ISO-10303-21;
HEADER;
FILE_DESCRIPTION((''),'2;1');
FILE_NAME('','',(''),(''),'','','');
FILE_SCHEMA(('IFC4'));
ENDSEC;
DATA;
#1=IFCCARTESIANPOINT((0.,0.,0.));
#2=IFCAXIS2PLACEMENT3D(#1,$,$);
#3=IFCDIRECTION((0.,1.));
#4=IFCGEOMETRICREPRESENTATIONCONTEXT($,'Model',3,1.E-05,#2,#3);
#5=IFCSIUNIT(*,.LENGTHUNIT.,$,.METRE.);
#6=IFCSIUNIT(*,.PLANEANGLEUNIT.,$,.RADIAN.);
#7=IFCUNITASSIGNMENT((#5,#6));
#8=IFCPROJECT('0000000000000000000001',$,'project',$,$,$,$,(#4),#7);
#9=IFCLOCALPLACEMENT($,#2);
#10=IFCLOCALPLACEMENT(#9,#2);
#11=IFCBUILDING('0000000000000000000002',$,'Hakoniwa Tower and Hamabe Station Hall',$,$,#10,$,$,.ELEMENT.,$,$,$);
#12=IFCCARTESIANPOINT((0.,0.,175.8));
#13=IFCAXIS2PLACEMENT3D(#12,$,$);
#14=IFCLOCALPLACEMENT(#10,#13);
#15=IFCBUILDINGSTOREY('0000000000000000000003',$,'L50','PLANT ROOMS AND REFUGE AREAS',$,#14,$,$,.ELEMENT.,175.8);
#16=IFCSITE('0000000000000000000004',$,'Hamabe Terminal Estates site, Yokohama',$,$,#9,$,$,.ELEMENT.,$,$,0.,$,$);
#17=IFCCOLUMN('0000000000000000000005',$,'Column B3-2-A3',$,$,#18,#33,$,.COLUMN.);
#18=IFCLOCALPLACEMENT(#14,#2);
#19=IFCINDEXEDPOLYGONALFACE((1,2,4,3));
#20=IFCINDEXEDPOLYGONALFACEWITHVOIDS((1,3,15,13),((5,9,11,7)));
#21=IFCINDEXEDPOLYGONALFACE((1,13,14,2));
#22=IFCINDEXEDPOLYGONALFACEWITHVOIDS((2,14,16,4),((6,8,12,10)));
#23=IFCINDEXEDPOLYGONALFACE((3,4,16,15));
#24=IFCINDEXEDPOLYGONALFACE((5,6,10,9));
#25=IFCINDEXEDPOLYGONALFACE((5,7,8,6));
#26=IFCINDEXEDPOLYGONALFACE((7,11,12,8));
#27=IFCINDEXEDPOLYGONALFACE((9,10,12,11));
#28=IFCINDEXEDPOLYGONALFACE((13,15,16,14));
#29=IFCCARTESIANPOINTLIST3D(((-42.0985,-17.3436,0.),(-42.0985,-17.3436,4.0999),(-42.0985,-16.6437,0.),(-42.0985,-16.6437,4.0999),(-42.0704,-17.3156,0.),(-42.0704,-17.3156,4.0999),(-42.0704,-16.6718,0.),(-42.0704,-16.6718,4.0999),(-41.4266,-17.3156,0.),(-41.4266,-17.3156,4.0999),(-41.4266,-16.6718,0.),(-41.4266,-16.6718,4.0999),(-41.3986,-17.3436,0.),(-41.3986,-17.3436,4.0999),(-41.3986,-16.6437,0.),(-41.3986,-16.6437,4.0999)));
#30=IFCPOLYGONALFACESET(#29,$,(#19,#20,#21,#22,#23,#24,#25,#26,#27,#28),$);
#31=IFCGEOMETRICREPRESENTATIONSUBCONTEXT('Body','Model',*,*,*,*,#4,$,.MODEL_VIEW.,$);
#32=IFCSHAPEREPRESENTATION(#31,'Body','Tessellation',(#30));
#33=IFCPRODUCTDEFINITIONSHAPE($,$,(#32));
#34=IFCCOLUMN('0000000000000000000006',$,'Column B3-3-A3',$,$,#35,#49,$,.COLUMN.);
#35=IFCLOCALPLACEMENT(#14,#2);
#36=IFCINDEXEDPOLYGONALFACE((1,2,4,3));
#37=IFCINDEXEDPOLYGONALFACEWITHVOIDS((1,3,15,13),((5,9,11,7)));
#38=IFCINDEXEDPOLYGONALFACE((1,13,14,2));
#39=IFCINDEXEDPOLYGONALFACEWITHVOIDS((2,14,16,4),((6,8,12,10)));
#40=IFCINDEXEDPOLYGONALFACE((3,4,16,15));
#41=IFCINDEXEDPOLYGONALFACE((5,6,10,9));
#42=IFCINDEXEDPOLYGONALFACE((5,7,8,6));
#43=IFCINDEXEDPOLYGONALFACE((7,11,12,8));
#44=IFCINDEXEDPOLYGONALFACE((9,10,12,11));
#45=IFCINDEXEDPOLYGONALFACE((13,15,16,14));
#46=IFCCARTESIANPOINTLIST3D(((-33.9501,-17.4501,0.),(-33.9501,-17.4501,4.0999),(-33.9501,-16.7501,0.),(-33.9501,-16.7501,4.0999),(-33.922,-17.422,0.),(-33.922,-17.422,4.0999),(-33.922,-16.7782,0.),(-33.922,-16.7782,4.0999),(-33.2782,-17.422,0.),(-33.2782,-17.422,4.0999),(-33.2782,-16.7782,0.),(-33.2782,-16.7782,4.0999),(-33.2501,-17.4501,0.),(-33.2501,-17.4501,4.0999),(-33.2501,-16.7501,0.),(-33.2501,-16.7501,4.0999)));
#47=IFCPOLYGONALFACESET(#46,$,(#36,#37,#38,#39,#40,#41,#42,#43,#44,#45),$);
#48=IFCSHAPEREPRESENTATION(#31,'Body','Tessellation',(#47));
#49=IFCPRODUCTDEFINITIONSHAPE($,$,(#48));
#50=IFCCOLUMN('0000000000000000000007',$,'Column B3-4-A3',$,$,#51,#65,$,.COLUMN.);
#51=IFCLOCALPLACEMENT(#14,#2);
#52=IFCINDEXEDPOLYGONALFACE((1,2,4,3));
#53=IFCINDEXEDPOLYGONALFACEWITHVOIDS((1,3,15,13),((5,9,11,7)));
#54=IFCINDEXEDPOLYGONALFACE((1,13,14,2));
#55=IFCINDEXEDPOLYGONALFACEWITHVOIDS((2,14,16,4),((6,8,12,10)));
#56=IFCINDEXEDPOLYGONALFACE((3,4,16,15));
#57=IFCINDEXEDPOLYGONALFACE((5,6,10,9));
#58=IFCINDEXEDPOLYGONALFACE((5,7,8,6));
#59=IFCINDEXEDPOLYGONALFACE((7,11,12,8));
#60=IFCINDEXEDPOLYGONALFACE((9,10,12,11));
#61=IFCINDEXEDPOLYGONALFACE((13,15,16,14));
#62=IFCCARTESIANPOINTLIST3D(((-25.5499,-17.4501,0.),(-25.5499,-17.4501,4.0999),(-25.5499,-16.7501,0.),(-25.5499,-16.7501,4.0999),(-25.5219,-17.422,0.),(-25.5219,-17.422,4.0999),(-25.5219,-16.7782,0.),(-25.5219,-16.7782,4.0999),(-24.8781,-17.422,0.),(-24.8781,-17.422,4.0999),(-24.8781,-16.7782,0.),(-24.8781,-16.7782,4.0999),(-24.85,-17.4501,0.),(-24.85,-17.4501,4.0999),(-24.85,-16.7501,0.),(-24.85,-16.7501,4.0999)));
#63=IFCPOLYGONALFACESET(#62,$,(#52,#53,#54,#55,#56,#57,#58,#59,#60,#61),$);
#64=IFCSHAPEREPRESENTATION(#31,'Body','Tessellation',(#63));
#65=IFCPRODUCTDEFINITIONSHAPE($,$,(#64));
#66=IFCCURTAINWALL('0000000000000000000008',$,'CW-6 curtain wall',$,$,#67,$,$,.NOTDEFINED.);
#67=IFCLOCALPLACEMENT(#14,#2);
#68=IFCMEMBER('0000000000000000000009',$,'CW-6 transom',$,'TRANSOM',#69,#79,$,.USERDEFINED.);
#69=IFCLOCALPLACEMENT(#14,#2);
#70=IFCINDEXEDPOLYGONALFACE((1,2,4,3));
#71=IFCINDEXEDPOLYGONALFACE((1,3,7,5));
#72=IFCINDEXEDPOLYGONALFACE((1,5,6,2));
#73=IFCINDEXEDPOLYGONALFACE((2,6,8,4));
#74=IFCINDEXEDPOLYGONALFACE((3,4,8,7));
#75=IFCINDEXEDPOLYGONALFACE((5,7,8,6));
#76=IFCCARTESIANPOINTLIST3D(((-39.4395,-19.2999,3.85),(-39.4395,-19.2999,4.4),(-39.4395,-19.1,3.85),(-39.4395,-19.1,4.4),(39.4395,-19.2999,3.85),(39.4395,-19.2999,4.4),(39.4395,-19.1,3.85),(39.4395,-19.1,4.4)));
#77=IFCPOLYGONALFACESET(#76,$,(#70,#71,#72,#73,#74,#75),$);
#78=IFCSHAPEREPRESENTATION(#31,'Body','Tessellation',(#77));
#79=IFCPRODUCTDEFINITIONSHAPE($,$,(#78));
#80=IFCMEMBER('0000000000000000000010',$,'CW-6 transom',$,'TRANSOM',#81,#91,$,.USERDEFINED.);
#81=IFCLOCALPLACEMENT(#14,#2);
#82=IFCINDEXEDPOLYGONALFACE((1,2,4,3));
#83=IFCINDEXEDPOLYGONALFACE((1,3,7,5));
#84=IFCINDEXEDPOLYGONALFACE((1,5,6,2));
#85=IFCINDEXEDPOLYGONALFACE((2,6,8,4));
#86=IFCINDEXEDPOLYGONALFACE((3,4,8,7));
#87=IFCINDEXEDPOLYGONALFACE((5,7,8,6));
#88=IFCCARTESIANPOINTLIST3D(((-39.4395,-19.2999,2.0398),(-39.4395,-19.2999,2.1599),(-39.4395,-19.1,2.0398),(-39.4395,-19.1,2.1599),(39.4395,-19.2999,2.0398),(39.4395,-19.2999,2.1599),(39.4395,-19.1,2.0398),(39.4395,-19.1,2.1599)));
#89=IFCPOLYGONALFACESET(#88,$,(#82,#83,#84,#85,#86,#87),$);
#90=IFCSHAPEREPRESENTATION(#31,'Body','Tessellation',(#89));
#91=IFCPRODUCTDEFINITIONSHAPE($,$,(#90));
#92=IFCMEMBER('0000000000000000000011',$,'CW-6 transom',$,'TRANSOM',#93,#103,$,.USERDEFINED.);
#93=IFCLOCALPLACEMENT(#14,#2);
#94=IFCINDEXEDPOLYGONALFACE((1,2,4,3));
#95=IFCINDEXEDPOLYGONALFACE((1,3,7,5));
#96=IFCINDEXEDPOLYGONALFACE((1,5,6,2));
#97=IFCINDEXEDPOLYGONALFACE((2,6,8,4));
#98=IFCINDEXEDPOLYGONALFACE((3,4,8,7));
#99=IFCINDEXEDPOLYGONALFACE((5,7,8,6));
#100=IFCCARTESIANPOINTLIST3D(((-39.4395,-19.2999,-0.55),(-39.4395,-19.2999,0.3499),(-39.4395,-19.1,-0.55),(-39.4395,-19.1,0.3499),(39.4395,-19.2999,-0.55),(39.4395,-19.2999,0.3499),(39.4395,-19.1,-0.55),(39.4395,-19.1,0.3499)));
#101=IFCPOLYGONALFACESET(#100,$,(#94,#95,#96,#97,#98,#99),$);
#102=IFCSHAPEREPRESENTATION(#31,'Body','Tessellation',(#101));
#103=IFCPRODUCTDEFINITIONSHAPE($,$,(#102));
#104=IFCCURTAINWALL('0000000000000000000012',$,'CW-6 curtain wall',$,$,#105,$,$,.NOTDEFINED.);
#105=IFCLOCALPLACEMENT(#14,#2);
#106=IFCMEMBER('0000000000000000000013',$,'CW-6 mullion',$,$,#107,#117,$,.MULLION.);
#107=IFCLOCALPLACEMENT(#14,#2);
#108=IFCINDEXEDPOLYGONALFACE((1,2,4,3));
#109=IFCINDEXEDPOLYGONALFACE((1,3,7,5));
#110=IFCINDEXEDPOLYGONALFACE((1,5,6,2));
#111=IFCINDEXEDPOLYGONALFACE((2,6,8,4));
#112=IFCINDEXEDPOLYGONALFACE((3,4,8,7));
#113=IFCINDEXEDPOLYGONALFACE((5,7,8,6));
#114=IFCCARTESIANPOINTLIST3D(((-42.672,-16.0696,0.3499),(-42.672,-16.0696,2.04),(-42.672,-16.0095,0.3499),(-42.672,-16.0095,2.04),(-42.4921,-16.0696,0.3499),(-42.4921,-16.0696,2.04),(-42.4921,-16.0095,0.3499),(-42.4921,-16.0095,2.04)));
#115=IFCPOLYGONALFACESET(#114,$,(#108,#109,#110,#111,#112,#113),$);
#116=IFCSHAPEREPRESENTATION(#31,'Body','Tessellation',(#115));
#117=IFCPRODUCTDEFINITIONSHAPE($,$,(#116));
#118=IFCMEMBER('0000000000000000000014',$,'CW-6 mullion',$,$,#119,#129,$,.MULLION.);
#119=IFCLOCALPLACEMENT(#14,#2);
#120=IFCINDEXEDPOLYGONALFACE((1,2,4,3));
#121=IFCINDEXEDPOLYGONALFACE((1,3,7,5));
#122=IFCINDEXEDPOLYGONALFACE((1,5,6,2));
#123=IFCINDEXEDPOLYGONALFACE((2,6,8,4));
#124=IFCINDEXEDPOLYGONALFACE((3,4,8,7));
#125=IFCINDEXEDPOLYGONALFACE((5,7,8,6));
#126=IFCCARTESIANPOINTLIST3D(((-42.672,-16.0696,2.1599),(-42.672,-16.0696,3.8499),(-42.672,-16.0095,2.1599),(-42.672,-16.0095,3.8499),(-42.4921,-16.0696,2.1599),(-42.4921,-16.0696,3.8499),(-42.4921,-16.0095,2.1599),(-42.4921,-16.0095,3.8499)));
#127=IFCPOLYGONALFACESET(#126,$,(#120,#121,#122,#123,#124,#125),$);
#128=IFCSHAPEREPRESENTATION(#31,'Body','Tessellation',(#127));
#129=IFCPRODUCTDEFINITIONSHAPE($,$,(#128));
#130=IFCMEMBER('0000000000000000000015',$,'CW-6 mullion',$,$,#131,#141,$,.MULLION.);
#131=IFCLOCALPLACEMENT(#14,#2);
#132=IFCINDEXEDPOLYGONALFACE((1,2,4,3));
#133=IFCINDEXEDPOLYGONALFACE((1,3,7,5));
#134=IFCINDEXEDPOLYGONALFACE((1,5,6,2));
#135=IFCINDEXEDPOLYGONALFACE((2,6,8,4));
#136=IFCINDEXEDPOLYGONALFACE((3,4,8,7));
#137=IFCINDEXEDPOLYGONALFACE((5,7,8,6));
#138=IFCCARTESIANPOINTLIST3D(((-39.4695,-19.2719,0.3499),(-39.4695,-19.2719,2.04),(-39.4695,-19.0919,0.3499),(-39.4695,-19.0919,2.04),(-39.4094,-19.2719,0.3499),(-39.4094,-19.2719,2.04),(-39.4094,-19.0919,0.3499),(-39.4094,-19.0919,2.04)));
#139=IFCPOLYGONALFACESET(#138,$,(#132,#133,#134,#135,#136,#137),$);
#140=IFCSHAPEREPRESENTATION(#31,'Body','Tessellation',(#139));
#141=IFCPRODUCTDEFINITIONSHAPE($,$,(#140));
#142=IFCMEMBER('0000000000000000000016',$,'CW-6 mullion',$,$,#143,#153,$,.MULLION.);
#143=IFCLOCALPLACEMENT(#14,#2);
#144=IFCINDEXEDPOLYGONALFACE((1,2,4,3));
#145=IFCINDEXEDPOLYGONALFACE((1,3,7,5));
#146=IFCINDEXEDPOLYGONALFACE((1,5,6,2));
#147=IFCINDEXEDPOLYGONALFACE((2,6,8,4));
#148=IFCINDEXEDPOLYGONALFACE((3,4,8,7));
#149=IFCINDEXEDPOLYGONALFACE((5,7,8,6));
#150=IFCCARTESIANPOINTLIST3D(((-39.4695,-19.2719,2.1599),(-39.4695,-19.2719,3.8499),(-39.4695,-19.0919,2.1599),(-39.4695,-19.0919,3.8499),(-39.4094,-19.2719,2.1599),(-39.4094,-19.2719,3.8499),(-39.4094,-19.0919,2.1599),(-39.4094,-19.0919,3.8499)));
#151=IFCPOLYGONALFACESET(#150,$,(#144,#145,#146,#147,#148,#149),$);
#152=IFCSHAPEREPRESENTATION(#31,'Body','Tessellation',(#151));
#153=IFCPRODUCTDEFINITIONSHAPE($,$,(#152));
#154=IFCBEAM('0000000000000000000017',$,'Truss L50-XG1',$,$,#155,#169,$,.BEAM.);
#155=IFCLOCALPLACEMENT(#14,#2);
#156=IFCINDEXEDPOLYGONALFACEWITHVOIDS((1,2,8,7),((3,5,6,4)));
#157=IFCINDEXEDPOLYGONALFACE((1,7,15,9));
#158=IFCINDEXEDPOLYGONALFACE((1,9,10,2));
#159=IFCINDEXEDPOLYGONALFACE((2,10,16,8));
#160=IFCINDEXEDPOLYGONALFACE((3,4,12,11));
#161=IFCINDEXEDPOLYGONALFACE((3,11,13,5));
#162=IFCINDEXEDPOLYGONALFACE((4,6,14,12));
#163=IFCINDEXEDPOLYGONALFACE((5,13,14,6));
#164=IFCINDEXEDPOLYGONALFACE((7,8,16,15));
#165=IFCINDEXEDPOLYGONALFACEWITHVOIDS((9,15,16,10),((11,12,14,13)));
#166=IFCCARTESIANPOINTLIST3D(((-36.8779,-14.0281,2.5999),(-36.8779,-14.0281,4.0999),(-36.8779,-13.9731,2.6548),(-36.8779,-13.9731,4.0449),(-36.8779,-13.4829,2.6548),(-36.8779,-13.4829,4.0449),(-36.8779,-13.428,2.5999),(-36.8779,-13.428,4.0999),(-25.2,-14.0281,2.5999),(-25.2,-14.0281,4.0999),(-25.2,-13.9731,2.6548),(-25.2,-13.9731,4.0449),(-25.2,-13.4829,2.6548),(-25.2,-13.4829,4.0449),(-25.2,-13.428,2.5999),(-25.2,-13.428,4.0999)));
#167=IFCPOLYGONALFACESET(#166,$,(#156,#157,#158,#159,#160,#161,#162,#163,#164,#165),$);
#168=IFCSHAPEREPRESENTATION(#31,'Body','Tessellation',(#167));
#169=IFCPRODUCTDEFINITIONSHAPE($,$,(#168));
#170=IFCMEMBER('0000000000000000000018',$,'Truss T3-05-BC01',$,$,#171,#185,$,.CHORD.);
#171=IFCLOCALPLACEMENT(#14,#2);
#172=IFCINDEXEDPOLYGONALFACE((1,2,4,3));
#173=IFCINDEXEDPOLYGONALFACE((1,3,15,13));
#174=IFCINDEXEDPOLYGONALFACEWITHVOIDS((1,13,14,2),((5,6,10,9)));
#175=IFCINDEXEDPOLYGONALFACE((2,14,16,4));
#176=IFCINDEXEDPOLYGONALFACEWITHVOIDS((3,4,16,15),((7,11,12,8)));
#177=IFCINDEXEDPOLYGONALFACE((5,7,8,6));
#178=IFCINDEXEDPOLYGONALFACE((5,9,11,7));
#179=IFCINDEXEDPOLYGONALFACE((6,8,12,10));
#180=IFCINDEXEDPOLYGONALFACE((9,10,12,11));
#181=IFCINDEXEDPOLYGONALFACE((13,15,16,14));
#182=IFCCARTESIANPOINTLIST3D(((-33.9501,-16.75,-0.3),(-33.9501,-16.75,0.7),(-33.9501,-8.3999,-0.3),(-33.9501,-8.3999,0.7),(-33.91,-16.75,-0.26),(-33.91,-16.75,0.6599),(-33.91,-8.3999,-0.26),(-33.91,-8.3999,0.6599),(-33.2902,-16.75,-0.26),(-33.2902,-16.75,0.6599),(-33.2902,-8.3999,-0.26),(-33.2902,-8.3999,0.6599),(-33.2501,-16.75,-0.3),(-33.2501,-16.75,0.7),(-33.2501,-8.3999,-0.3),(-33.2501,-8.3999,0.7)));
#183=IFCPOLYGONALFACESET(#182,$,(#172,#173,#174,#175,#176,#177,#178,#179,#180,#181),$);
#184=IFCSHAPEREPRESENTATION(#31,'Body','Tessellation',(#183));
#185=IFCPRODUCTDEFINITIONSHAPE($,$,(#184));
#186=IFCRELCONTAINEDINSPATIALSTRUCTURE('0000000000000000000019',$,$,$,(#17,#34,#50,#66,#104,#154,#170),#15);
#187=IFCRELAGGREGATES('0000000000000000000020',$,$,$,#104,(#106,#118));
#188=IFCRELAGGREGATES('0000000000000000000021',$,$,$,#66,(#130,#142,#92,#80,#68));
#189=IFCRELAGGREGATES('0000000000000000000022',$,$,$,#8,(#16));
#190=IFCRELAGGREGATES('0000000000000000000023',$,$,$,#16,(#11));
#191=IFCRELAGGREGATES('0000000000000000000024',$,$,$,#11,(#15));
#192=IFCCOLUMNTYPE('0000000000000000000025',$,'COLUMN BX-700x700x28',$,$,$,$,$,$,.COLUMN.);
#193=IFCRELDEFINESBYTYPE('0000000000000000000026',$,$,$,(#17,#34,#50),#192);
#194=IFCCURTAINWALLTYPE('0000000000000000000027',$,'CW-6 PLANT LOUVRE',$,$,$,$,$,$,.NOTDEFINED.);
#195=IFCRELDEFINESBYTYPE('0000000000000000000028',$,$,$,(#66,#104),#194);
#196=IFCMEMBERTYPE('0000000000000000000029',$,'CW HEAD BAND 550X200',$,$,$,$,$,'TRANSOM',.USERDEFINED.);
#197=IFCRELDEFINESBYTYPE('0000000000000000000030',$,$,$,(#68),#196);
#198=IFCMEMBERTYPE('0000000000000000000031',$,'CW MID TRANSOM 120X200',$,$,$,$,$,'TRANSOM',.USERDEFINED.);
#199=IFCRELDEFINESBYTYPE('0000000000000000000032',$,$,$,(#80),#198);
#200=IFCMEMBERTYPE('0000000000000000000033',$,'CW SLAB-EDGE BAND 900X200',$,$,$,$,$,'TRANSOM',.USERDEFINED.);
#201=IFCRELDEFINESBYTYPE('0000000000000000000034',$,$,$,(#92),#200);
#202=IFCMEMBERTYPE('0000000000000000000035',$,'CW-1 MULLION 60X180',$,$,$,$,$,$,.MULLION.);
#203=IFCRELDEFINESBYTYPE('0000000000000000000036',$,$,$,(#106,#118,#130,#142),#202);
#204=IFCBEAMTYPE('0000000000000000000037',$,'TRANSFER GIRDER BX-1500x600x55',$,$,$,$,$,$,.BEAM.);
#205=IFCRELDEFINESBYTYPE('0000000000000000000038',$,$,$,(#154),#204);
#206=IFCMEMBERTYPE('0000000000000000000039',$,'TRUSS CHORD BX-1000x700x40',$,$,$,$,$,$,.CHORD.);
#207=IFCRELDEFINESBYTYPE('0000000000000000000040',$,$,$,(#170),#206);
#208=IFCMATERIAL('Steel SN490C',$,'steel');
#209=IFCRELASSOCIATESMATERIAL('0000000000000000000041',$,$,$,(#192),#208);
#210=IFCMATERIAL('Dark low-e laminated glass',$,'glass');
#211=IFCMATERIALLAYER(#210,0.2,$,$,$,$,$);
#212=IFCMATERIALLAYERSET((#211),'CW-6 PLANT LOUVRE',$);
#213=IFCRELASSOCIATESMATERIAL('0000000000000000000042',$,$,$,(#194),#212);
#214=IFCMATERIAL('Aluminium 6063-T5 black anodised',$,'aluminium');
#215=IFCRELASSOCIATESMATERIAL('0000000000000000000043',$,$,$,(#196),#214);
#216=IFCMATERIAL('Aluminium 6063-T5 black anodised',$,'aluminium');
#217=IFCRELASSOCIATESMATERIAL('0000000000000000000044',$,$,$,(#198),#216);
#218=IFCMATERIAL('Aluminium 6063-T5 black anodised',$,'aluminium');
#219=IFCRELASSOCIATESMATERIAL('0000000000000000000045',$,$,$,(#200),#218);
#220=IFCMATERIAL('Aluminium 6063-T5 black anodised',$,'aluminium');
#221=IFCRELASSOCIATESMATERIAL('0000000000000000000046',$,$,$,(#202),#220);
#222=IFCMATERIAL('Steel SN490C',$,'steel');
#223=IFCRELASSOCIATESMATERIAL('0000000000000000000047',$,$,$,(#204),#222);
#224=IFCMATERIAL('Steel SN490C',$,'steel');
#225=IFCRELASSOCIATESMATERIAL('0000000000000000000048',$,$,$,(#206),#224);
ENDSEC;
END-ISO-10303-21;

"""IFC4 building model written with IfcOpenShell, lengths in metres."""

from ifc_helpers import new_model, si_unit, direction, frame, origin, origin_2d, place, context, subcontext, project, spatial, rectangle, hollow_rectangle, extrude, material, layer, layer_set, material_profile, profile_set, type_object, element, aggregate, save


model = new_model("IFC4")

# Units and contexts
model_context = context("Model", 3, precision=1e-05, world=origin(), true_north=direction((0.0, 1.0)))
body_context = subcontext(model_context, "Body", "Model", "MODEL_VIEW")
ifc_project = project(units=[si_unit("LENGTHUNIT", "METRE"), si_unit("PLANEANGLEUNIT", "RADIAN")], contexts=[model_context])

# Site, building, storey
site_placement = place(None, origin())
site = spatial("IfcSite", under=ifc_project, at=site_placement, Name="Hamabe Terminal Estates site, Yokohama", CompositionType="ELEMENT", RefElevation=0.0)
building_placement = place(site_placement, origin())
building = spatial("IfcBuilding", under=site, at=building_placement, Name="Hakoniwa Tower and Hamabe Station Hall", CompositionType="ELEMENT")
storey_placement = place(building_placement, frame((0.0, 0.0, 175.8)))
storey = spatial("IfcBuildingStorey", under=building, at=storey_placement, Name="L50", Description="PLANT ROOMS AND REFUGE AREAS", CompositionType="ELEMENT", Elevation=175.8)

# Columns
ifc_material_1 = material(Name="Steel SN490C", Category="steel")
ifc_material_profile_1 = material_profile(ifc_material_1, hollow_rectangle(XDim=0.7, YDim=0.7, WallThickness=0.0281, at=origin_2d()), Name="BX-700x700x28")
ifc_profile_set_1 = profile_set([ifc_material_profile_1], Name="Steel SN490C")
column_type = type_object("IfcColumnType", Name="COLUMN BX-700x700x28", PredefinedType="COLUMN", material=ifc_profile_set_1)
for number, where, z_axis, x_axis, name in (
    (1, (-41.7485, -16.9937, 0.0), (0.0, 0.0, 1.0), (1.0, 0.0, 0.0), "Column B3-2-A3"),
    (2, (-33.6001, -17.1001, 0.0), (0.0, 0.0, 1.0), (1.0, 0.0, 0.0), "Column B3-3-A3"),
    (3, (-25.2, -17.1001, 0.0), (0.0, 0.0, 1.0), (1.0, 0.0, 0.0), "Column B3-4-A3"),
):
    element("IfcColumn", number, at=place(storey_placement, frame(where, z_axis=z_axis, x_axis=x_axis)), inside=storey, type_object=column_type, Name=name, PredefinedType="COLUMN", context=body_context, shape_type="SweptSolid", body=[
        extrude(hollow_rectangle(XDim=0.7, YDim=0.7, WallThickness=0.0281, at=origin_2d()), origin(), (0.0, 0.0, 1.0), 4.0999),
    ])

# Curtain walls, members
ifc_material_2 = material(Name="Dark low-e laminated glass", Category="glass")
ifc_layer_1 = layer(ifc_material_2, 0.2)
ifc_layer_set_1 = layer_set([ifc_layer_1], Name="CW-6 PLANT LOUVRE")
curtain_wall_type = type_object("IfcCurtainWallType", Name="CW-6 PLANT LOUVRE", PredefinedType="NOTDEFINED", material=ifc_layer_set_1)
curtain_wall_1_placement = place(storey_placement, origin())
curtain_wall_1 = element("IfcCurtainWall", 4, at=curtain_wall_1_placement, inside=storey, type_object=curtain_wall_type, Name="CW-6 curtain wall", PredefinedType="NOTDEFINED")
ifc_material_3 = material(Name="Aluminium 6063-T5 black anodised", Category="aluminium")
ifc_material_profile_2 = material_profile(ifc_material_3, rectangle(XDim=0.2, YDim=0.55, at=origin_2d()), Name="CW HEAD BAND 550X200")
ifc_profile_set_2 = profile_set([ifc_material_profile_2], Name="Aluminium 6063-T5 black anodised")
member_type_1 = type_object("IfcMemberType", Name="CW HEAD BAND 550X200", ElementType="TRANSOM", PredefinedType="USERDEFINED", material=ifc_profile_set_2)
member_1_placement = place(storey_placement, frame((-39.4395, -19.2, 4.125), z_axis=(1.0, 0.0, 0.0), x_axis=(0.0, 1.0, 0.0)))
member_1 = element("IfcMember", 5, at=member_1_placement, type_object=member_type_1, Name="CW-6 transom", ObjectType="TRANSOM", PredefinedType="USERDEFINED", context=body_context, shape_type="SweptSolid", body=[
    extrude(rectangle(XDim=0.2, YDim=0.55, at=origin_2d()), origin(), (0.0, 0.0, 1.0), 78.8789),
])
ifc_material_4 = material(Name="Aluminium 6063-T5 black anodised", Category="aluminium")
ifc_material_profile_3 = material_profile(ifc_material_4, rectangle(XDim=0.2, YDim=0.1201, at=origin_2d()), Name="CW MID TRANSOM 120X200")
ifc_profile_set_3 = profile_set([ifc_material_profile_3], Name="Aluminium 6063-T5 black anodised")
member_type_2 = type_object("IfcMemberType", Name="CW MID TRANSOM 120X200", ElementType="TRANSOM", PredefinedType="USERDEFINED", material=ifc_profile_set_3)
member_2_placement = place(storey_placement, frame((-39.4395, -19.2, 2.0999), z_axis=(1.0, 0.0, 0.0), x_axis=(0.0, 1.0, 0.0)))
member_2 = element("IfcMember", 6, at=member_2_placement, type_object=member_type_2, Name="CW-6 transom", ObjectType="TRANSOM", PredefinedType="USERDEFINED", context=body_context, shape_type="SweptSolid", body=[
    extrude(rectangle(XDim=0.2, YDim=0.1201, at=origin_2d()), origin(), (0.0, 0.0, 1.0), 78.8789),
])
ifc_material_5 = material(Name="Aluminium 6063-T5 black anodised", Category="aluminium")
ifc_material_profile_4 = material_profile(ifc_material_5, rectangle(XDim=0.2, YDim=0.8999, at=origin_2d()), Name="CW SLAB-EDGE BAND 900X200")
ifc_profile_set_4 = profile_set([ifc_material_profile_4], Name="Aluminium 6063-T5 black anodised")
member_type_3 = type_object("IfcMemberType", Name="CW SLAB-EDGE BAND 900X200", ElementType="TRANSOM", PredefinedType="USERDEFINED", material=ifc_profile_set_4)
member_3_placement = place(storey_placement, frame((-39.4395, -19.2, -0.1001), z_axis=(1.0, 0.0, 0.0), x_axis=(0.0, 1.0, 0.0)))
member_3 = element("IfcMember", 7, at=member_3_placement, type_object=member_type_3, Name="CW-6 transom", ObjectType="TRANSOM", PredefinedType="USERDEFINED", context=body_context, shape_type="SweptSolid", body=[
    extrude(rectangle(XDim=0.2, YDim=0.8999, at=origin_2d()), origin(), (0.0, 0.0, 1.0), 78.8789),
])
curtain_wall_2_placement = place(storey_placement, origin())
curtain_wall_2 = element("IfcCurtainWall", 8, at=curtain_wall_2_placement, inside=storey, type_object=curtain_wall_type, Name="CW-6 curtain wall", PredefinedType="NOTDEFINED")
ifc_material_6 = material(Name="Aluminium 6063-T5 black anodised", Category="aluminium")
ifc_material_profile_5 = material_profile(ifc_material_6, rectangle(XDim=0.0601, YDim=0.1799, at=origin_2d()), Name="CW-1 MULLION 60X180")
ifc_profile_set_5 = profile_set([ifc_material_profile_5], Name="Aluminium 6063-T5 black anodised")
member_type_4 = type_object("IfcMemberType", Name="CW-1 MULLION 60X180", PredefinedType="MULLION", material=ifc_profile_set_5)
member_4_placement = place(storey_placement, frame((-42.582, -16.0396, 0.3499), z_axis=(0.0, 0.0, 1.0), x_axis=(0.0, -1.0, 0.0)))
member_4 = element("IfcMember", 9, at=member_4_placement, type_object=member_type_4, Name="CW-6 mullion", PredefinedType="MULLION", context=body_context, shape_type="SweptSolid", body=[
    extrude(rectangle(XDim=0.0601, YDim=0.1799, at=origin_2d()), origin(), (0.0, 0.0, 1.0), 1.6902),
])
member_5_placement = place(storey_placement, frame((-42.582, -16.0396, 2.1599), z_axis=(0.0, 0.0, 1.0), x_axis=(0.0, -1.0, 0.0)))
member_5 = element("IfcMember", 10, at=member_5_placement, type_object=member_type_4, Name="CW-6 mullion", PredefinedType="MULLION", context=body_context, shape_type="SweptSolid", body=[
    extrude(rectangle(XDim=0.0601, YDim=0.1799, at=origin_2d()), origin(), (0.0, 0.0, 1.0), 1.6899),
])
aggregate(curtain_wall_2, [member_4, member_5])

# Members
member_6_placement = place(storey_placement, frame((-39.4395, -19.1819, 0.3499), z_axis=(0.0, 0.0, 1.0), x_axis=(1.0, 0.0, 0.0)))
member_6 = element("IfcMember", 11, at=member_6_placement, type_object=member_type_4, Name="CW-6 mullion", PredefinedType="MULLION", context=body_context, shape_type="SweptSolid", body=[
    extrude(rectangle(XDim=0.0601, YDim=0.1799, at=origin_2d()), origin(), (0.0, 0.0, 1.0), 1.6902),
])
member_7_placement = place(storey_placement, frame((-39.4395, -19.1819, 2.1599), z_axis=(0.0, 0.0, 1.0), x_axis=(1.0, 0.0, 0.0)))
member_7 = element("IfcMember", 12, at=member_7_placement, type_object=member_type_4, Name="CW-6 mullion", PredefinedType="MULLION", context=body_context, shape_type="SweptSolid", body=[
    extrude(rectangle(XDim=0.0601, YDim=0.1799, at=origin_2d()), origin(), (0.0, 0.0, 1.0), 1.6899),
])

# Beam
ifc_material_7 = material(Name="Steel SN490C", Category="steel")
ifc_material_profile_6 = material_profile(ifc_material_7, hollow_rectangle(XDim=0.6001, YDim=1.5, WallThickness=0.0549, at=origin_2d()), Name="BX-1500x600x55")
ifc_profile_set_6 = profile_set([ifc_material_profile_6], Name="Steel SN490C")
beam_type = type_object("IfcBeamType", Name="TRANSFER GIRDER BX-1500x600x55", PredefinedType="BEAM", material=ifc_profile_set_6)
beam_placement = place(storey_placement, frame((-36.8779, -13.728, 3.3499), z_axis=(1.0, 0.0, 0.0), x_axis=(0.0, 1.0, 0.0)))
element("IfcBeam", 13, at=beam_placement, inside=storey, type_object=beam_type, Name="Truss L50-XG1", PredefinedType="BEAM", context=body_context, shape_type="SweptSolid", body=[
    extrude(hollow_rectangle(XDim=0.6001, YDim=1.5, WallThickness=0.0549, at=origin_2d()), origin(), (0.0, 0.0, 1.0), 11.678),
])

# Member
ifc_material_8 = material(Name="Steel SN490C", Category="steel")
ifc_material_profile_7 = material_profile(ifc_material_8, hollow_rectangle(XDim=0.7, YDim=1.0, WallThickness=0.04, at=origin_2d()), Name="BX-1000x700x40")
ifc_profile_set_7 = profile_set([ifc_material_profile_7], Name="Steel SN490C")
member_type_5 = type_object("IfcMemberType", Name="TRUSS CHORD BX-1000x700x40", PredefinedType="CHORD", material=ifc_profile_set_7)
for number, where, z_axis, x_axis, name in (
    (14, (-33.6001, -16.75, 0.2), (0.0, 1.0, 0.0), (-1.0, 0.0, 0.0), "Truss T3-05-BC01"),
):
    element("IfcMember", number, at=place(storey_placement, frame(where, z_axis=z_axis, x_axis=x_axis)), inside=storey, type_object=member_type_5, Name=name, PredefinedType="CHORD", context=body_context, shape_type="SweptSolid", body=[
        extrude(hollow_rectangle(XDim=0.7, YDim=1.0, WallThickness=0.04, at=origin_2d()), origin(), (0.0, 0.0, 1.0), 8.3501),
    ])

aggregate(curtain_wall_1, [member_6, member_7, member_3, member_2, member_1])

save(model, "model.ifc")
